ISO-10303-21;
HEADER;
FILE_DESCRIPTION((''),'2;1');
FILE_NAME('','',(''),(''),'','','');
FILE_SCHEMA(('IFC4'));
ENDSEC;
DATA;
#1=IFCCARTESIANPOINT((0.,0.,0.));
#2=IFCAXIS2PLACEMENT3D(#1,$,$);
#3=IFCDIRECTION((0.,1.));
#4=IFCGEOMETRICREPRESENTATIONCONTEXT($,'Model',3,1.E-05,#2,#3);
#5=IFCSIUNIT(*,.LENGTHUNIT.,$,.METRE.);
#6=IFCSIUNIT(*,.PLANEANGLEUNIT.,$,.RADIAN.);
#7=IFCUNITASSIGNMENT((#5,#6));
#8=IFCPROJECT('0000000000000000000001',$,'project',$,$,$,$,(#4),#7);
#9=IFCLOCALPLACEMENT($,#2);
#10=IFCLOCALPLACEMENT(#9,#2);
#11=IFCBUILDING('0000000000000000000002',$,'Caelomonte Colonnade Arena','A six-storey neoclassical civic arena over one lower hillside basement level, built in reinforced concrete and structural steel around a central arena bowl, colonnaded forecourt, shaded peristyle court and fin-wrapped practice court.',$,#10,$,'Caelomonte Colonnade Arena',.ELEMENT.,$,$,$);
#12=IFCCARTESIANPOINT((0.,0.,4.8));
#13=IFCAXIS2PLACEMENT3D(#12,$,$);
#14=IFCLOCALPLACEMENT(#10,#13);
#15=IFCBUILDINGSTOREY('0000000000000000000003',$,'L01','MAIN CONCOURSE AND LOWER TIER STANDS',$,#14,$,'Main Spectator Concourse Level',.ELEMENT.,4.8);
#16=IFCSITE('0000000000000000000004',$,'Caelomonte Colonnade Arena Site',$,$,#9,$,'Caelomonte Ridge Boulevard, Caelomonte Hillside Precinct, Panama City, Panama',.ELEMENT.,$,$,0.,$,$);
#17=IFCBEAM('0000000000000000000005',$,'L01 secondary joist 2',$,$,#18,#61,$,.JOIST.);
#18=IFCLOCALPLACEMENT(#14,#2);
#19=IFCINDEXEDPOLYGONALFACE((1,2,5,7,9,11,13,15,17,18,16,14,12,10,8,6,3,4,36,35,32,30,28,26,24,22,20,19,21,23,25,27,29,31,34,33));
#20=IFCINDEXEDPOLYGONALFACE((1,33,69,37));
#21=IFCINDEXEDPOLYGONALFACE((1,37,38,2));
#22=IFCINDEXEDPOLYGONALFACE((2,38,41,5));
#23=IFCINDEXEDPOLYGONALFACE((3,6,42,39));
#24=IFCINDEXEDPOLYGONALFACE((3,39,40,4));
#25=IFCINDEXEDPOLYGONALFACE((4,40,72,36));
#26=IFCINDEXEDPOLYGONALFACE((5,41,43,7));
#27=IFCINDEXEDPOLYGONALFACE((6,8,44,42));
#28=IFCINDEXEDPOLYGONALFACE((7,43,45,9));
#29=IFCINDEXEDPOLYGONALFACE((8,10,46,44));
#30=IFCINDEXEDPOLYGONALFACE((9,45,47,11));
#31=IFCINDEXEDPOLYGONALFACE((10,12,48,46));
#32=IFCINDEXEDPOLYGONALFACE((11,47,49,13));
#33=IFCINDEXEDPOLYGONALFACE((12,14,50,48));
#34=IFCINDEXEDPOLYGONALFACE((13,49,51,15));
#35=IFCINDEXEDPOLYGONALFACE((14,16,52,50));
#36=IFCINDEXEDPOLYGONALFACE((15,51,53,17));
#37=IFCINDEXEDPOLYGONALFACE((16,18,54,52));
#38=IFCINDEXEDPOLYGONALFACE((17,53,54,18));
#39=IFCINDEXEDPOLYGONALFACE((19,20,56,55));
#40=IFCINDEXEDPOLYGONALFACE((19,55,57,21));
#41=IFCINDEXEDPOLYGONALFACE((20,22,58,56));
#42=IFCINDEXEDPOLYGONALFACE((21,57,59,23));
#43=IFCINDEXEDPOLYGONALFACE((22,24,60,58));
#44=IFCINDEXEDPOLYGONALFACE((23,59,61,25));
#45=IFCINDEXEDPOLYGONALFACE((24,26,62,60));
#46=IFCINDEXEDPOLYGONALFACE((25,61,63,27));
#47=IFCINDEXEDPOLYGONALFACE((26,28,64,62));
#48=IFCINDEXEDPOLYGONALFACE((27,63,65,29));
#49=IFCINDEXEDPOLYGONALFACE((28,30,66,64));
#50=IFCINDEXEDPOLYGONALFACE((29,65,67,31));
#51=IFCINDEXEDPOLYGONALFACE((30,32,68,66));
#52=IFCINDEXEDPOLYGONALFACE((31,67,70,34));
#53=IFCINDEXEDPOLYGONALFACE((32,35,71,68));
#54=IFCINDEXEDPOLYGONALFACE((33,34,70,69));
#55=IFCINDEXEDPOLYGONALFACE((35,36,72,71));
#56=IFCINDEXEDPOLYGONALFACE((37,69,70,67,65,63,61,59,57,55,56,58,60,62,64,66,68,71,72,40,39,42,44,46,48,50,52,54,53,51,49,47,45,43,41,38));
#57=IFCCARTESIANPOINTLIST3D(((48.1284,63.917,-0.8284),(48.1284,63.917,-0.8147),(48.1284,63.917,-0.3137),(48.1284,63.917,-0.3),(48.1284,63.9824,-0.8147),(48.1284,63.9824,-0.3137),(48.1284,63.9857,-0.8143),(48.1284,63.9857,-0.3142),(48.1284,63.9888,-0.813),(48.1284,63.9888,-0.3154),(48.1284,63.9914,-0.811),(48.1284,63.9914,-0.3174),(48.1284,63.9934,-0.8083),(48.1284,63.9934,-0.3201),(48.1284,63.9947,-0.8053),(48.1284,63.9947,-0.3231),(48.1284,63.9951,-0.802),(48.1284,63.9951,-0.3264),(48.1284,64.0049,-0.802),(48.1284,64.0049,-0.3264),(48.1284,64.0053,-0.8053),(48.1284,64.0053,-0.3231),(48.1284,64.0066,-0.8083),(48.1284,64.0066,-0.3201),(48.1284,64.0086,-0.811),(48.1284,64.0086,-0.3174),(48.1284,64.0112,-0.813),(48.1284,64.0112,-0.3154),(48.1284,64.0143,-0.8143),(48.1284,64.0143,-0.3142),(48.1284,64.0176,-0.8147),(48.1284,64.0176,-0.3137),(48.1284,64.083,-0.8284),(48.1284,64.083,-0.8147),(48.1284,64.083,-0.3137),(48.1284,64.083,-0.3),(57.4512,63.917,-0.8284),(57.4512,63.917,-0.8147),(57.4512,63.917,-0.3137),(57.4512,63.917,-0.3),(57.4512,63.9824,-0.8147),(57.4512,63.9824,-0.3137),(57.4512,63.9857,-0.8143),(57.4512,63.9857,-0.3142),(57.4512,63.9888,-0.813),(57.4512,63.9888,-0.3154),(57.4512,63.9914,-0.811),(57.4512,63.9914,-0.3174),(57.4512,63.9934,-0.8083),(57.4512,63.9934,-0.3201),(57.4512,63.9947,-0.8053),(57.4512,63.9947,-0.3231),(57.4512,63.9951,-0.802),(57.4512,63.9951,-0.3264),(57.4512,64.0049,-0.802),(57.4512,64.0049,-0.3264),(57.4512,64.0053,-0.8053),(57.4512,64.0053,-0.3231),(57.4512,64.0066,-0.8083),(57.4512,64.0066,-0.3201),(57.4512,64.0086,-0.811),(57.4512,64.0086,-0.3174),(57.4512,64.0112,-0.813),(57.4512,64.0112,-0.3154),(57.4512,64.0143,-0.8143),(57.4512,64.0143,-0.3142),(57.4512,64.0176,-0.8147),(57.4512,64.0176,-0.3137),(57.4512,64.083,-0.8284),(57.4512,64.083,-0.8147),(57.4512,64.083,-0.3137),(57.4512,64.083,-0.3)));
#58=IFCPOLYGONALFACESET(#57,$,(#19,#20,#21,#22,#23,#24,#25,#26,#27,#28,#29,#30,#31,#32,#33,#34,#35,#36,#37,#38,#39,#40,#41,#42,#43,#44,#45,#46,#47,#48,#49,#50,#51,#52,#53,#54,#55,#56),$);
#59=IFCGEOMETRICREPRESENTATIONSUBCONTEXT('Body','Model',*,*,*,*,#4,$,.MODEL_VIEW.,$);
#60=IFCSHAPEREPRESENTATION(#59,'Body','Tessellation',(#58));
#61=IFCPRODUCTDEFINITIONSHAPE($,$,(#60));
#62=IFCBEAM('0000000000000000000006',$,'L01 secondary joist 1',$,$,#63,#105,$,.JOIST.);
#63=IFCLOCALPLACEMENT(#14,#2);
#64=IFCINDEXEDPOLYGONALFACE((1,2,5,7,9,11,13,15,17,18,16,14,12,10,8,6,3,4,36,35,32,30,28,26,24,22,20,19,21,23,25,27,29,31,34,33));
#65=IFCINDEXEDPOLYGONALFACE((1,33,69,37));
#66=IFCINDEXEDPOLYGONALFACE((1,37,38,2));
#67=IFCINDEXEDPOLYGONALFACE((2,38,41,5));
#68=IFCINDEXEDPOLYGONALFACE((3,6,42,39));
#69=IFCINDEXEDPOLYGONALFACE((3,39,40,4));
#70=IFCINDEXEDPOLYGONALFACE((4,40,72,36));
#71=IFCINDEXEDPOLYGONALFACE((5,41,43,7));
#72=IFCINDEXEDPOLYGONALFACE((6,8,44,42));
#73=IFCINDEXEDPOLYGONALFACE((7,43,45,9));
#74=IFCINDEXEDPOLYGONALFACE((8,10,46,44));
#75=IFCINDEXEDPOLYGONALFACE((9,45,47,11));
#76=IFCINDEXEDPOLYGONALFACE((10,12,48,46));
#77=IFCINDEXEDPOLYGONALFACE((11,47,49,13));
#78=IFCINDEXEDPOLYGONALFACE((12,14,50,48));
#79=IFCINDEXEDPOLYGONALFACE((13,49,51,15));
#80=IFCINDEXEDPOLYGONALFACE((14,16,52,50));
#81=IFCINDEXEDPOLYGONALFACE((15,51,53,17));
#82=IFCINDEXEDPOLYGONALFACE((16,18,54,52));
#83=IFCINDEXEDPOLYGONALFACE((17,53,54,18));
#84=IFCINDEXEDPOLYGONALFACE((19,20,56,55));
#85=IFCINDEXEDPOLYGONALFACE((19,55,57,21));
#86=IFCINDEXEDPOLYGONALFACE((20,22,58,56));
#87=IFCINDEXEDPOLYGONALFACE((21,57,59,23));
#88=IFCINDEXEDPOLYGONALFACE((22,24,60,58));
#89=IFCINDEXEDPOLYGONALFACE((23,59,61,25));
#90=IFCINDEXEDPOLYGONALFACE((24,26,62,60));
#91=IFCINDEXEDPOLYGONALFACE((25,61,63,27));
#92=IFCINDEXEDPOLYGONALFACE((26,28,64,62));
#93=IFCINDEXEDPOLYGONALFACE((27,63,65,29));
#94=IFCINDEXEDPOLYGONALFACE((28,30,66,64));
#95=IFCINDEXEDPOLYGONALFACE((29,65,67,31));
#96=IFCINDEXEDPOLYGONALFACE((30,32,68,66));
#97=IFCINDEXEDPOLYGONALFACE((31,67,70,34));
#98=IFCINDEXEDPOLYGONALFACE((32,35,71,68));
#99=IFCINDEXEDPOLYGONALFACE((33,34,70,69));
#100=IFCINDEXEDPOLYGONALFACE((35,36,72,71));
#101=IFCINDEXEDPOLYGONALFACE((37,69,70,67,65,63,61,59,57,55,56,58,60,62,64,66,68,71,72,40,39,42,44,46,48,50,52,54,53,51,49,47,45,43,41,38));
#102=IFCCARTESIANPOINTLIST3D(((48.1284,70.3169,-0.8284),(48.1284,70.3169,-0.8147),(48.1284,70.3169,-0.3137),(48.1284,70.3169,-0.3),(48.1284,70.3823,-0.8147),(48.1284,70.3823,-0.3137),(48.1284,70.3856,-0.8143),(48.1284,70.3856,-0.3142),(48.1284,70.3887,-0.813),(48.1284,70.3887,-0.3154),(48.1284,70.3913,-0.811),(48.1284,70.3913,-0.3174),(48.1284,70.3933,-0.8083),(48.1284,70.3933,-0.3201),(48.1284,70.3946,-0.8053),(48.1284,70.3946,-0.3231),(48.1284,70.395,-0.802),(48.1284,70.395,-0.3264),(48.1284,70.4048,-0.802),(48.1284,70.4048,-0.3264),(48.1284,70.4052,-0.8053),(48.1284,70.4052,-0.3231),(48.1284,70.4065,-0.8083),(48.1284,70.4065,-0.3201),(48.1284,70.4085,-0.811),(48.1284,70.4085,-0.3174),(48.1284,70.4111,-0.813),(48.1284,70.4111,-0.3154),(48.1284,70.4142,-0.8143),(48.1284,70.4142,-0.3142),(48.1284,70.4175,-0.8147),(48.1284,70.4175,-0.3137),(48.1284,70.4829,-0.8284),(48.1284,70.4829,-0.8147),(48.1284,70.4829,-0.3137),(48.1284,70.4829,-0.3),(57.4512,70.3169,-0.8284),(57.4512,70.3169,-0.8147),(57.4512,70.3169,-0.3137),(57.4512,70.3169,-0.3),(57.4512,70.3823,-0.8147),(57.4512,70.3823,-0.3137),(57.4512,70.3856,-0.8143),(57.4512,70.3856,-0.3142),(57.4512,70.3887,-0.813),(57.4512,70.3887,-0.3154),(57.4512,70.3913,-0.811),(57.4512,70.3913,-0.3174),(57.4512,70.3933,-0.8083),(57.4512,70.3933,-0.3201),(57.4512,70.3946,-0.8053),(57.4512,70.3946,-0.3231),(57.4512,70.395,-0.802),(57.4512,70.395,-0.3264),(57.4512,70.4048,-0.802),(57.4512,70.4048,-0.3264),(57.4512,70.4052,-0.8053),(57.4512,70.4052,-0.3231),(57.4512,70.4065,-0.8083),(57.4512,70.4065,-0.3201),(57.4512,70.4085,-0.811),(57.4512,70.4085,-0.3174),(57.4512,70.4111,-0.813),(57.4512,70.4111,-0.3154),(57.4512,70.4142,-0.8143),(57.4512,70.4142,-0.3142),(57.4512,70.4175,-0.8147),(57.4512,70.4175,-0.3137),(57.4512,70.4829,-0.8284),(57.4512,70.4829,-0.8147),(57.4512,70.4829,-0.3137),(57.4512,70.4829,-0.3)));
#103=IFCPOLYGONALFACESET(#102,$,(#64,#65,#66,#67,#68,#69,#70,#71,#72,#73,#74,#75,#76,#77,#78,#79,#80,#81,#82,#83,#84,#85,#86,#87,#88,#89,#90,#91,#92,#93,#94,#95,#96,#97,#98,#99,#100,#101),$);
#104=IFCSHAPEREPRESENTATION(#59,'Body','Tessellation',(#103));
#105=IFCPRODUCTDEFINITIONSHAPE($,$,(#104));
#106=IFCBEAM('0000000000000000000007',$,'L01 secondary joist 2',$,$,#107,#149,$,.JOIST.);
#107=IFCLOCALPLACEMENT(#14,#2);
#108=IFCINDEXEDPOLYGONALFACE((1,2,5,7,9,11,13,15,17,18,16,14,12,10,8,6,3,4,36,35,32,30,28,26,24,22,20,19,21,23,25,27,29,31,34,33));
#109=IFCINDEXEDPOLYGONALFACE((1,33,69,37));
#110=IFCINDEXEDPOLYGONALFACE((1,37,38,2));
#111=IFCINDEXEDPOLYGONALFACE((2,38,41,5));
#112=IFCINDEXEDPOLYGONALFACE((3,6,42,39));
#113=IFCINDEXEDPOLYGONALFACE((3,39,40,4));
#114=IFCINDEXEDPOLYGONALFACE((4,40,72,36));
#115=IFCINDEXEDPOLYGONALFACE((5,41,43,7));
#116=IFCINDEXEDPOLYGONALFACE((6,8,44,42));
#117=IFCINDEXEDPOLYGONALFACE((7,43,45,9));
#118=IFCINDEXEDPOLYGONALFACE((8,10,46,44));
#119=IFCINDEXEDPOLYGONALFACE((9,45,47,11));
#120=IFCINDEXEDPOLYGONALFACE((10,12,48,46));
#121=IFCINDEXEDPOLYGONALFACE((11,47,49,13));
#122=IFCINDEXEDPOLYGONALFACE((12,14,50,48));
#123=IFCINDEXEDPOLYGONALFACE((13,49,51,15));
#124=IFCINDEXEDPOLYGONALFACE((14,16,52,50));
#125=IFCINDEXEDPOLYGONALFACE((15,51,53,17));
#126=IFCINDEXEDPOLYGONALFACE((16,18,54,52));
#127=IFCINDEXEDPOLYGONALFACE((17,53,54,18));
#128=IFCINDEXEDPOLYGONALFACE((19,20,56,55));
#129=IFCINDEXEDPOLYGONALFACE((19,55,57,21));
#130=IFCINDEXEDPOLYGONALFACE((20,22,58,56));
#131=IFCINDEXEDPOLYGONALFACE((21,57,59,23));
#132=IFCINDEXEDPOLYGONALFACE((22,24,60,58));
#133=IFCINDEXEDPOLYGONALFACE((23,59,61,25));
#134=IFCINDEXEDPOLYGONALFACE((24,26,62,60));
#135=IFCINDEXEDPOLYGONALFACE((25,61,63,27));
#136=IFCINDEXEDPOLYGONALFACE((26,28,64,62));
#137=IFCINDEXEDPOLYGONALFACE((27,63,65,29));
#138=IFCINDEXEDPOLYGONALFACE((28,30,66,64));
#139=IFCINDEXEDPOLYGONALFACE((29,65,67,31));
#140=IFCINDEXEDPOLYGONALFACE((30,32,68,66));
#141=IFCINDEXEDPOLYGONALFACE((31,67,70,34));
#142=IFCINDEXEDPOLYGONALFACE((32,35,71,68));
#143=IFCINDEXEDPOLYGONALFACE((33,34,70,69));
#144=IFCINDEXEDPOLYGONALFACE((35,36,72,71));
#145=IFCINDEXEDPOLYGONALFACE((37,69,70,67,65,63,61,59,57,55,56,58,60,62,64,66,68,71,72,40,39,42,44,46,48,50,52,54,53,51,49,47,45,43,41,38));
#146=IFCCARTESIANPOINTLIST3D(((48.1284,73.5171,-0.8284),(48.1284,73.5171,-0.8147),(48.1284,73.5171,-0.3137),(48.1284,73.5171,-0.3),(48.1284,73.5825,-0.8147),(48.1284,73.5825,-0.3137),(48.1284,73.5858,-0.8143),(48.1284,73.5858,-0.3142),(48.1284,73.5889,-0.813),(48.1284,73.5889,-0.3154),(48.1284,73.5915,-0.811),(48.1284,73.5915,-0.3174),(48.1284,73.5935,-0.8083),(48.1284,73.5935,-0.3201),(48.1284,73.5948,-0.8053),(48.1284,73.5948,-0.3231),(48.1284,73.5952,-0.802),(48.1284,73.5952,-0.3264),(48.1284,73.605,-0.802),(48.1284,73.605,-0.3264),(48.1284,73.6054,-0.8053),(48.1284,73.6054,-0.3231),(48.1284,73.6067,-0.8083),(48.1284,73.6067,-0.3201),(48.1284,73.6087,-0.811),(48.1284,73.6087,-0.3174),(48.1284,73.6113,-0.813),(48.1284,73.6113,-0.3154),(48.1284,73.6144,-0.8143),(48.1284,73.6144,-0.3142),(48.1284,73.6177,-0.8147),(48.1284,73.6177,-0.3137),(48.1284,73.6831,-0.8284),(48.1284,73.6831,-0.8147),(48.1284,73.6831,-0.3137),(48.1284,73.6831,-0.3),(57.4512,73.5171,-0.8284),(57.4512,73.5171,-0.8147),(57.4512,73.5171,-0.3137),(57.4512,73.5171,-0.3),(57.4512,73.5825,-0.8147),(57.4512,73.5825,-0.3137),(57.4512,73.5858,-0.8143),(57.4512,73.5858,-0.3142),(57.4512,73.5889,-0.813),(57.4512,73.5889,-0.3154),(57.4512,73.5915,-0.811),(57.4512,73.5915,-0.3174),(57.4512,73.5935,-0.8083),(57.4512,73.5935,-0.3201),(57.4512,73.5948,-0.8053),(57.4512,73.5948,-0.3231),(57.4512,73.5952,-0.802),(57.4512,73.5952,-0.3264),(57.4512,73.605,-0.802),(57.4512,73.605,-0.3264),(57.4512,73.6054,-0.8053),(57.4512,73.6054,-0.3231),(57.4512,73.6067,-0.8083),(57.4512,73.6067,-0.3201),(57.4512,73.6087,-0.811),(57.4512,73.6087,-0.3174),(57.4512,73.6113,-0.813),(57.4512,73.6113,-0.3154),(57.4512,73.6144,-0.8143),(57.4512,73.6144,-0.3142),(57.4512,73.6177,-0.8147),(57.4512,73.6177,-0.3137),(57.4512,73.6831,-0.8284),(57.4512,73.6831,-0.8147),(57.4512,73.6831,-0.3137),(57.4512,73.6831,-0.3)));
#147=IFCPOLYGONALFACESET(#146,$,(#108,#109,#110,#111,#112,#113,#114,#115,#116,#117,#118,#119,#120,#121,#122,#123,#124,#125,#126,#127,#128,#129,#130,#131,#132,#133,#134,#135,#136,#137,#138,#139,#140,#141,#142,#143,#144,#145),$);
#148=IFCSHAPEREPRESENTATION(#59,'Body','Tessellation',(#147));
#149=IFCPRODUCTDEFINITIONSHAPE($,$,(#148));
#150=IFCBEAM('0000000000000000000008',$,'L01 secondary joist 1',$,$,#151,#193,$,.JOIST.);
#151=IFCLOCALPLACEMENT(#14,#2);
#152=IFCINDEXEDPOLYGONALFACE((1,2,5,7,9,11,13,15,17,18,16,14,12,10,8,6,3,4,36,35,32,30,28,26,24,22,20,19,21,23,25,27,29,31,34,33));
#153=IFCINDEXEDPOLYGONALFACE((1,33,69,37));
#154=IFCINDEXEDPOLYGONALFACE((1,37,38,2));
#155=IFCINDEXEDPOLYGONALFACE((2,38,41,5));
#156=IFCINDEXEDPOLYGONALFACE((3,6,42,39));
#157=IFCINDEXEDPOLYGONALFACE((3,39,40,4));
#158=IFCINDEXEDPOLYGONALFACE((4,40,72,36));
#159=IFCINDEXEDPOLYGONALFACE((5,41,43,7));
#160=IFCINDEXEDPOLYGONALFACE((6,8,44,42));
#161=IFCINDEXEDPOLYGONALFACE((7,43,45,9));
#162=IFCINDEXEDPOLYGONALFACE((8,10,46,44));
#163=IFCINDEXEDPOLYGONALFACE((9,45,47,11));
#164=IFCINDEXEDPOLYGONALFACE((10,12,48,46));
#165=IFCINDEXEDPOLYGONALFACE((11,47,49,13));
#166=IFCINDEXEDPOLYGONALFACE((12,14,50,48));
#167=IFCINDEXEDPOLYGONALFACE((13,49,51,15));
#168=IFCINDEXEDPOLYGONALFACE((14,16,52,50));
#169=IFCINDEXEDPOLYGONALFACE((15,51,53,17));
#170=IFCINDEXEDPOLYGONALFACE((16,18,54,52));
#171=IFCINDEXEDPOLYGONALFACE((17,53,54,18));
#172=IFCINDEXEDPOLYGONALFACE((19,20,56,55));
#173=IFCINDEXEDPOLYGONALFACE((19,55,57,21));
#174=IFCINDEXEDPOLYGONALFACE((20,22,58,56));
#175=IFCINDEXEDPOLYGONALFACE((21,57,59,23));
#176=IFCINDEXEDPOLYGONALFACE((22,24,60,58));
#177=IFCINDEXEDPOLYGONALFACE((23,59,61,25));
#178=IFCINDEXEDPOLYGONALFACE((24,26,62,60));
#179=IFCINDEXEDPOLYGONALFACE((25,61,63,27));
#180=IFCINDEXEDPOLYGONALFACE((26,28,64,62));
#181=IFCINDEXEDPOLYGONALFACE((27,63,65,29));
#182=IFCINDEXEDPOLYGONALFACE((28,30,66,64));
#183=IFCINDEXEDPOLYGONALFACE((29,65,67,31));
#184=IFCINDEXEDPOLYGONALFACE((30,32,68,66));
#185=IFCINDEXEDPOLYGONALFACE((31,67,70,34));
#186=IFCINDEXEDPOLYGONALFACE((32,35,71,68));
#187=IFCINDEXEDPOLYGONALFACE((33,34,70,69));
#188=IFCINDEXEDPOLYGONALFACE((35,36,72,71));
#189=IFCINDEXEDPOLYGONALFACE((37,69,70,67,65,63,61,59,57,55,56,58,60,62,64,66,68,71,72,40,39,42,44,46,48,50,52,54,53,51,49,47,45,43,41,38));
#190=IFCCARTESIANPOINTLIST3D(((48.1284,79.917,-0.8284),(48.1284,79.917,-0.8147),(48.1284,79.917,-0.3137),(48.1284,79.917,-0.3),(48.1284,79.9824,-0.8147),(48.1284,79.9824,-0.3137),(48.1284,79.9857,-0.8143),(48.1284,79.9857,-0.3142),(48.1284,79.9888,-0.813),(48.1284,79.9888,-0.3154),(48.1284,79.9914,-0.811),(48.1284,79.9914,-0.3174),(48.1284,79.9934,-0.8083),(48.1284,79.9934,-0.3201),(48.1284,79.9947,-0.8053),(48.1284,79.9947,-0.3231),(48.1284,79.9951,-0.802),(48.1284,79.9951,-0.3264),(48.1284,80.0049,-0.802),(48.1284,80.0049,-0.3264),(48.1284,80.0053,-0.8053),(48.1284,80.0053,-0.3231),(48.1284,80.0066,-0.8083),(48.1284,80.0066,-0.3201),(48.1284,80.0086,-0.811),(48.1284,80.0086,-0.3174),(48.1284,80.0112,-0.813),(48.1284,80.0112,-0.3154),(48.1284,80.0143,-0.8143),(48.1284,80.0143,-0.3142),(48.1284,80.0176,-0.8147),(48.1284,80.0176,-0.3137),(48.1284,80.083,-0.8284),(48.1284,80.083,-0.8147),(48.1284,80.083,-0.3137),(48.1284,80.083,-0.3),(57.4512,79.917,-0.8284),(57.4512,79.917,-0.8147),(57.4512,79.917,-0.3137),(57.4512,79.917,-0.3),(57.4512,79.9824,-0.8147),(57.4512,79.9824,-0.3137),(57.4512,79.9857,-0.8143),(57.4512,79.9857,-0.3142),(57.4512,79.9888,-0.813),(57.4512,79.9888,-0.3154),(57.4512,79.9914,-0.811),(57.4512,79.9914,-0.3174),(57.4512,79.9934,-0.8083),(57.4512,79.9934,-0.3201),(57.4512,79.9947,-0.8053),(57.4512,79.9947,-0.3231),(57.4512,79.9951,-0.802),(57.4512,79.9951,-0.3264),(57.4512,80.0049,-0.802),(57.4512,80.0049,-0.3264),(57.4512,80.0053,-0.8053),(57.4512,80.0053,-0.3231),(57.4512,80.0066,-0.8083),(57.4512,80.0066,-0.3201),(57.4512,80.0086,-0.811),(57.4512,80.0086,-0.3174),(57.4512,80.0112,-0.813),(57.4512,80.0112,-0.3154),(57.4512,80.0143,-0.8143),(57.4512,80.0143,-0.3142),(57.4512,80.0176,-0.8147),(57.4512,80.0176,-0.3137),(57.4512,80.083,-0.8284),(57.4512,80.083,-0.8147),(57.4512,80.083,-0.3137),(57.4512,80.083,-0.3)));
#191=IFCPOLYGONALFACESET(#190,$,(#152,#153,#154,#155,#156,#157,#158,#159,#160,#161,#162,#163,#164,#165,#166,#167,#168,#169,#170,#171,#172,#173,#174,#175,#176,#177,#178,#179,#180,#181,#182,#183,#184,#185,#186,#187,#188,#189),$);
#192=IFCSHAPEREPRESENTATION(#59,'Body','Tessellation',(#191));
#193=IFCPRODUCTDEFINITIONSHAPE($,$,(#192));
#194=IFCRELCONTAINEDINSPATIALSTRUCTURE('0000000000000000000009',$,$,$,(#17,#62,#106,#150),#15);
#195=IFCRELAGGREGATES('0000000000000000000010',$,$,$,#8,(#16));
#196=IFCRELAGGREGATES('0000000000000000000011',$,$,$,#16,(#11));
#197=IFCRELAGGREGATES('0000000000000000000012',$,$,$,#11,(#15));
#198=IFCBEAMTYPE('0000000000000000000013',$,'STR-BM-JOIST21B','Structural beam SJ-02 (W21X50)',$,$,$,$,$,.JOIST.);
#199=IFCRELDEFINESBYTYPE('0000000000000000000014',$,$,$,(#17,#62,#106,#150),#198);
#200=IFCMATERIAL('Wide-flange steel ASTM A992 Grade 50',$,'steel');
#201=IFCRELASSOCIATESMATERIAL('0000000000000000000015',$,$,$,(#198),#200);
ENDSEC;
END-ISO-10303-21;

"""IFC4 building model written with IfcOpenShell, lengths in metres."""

from ifc_helpers import new_model, si_unit, direction, frame, origin, origin_2d, place, context, subcontext, project, spatial, i_section, extrude, material, material_profile, profile_set, type_object, element, save


model = new_model("IFC4")

# Units and contexts
model_context = context("Model", 3, precision=1e-05, world=origin(), true_north=direction((0.0, 1.0)))
body_context = subcontext(model_context, "Body", "Model", "MODEL_VIEW")
ifc_project = project(units=[si_unit("LENGTHUNIT", "METRE"), si_unit("PLANEANGLEUNIT", "RADIAN")], contexts=[model_context])

# Site, building, storey
site_placement = place(None, origin())
site = spatial("IfcSite", under=ifc_project, at=site_placement, Name="Caelomonte Colonnade Arena Site", LongName="Caelomonte Ridge Boulevard, Caelomonte Hillside Precinct, Panama City, Panama", CompositionType="ELEMENT", RefElevation=0.0)
building_placement = place(site_placement, origin())
building = spatial("IfcBuilding", under=site, at=building_placement, Name="Caelomonte Colonnade Arena", Description="A six-storey neoclassical civic arena over one lower hillside basement level, built in reinforced concrete and structural steel around a central arena bowl, colonnaded forecourt, shaded peristyle court and fin-wrapped practice court.", LongName="Caelomonte Colonnade Arena", CompositionType="ELEMENT")
storey_placement = place(building_placement, frame((0.0, 0.0, 4.8)))
storey = spatial("IfcBuildingStorey", under=building, at=storey_placement, Name="L01", Description="MAIN CONCOURSE AND LOWER TIER STANDS", LongName="Main Spectator Concourse Level", CompositionType="ELEMENT", Elevation=4.8)

# Shared definitions
ifc_material_1 = material(Name="Wide-flange steel ASTM A992 Grade 50", Category="steel")

# Beams
ifc_material_profile_1 = material_profile(ifc_material_1, i_section(OverallWidth=0.166, OverallDepth=0.5283, WebThickness=0.0098, FlangeThickness=0.0137, FilletRadius=0.0127, at=origin_2d()), Name="W21X50")
ifc_profile_set_1 = profile_set([ifc_material_profile_1], Name="Wide-flange steel ASTM A992 Grade 50")
beam_type_1 = type_object("IfcBeamType", Name="STR-BM-JOIST21B", Description="Structural beam SJ-02 (W21X50)", PredefinedType="JOIST", material=ifc_profile_set_1)
for number, where, z_axis, x_axis, name in (
    (1, (48.1284, 64.0, -0.5642), (1.0, 0.0, 0.0), (0.0, 1.0, 0.0), "L01 secondary joist 2"),
    (2, (48.1284, 70.3999, -0.5642), (1.0, 0.0, 0.0), (0.0, 1.0, 0.0), "L01 secondary joist 1"),
    (3, (48.1284, 73.6001, -0.5642), (1.0, 0.0, 0.0), (0.0, 1.0, 0.0), "L01 secondary joist 2"),
    (4, (48.1284, 80.0, -0.5642), (1.0, 0.0, 0.0), (0.0, 1.0, 0.0), "L01 secondary joist 1"),
):
    element("IfcBeam", number, at=place(storey_placement, frame(where, z_axis=z_axis, x_axis=x_axis)), inside=storey, type_object=beam_type_1, Name=name, PredefinedType="JOIST", context=body_context, shape_type="SweptSolid", body=[
        extrude(i_section(OverallWidth=0.166, OverallDepth=0.5283, WebThickness=0.0098, FlangeThickness=0.0137, FilletRadius=0.0127, at=origin_2d()), origin(), (0.0, 0.0, 1.0), 9.3228),
    ])

save(model, "model.ifc")
